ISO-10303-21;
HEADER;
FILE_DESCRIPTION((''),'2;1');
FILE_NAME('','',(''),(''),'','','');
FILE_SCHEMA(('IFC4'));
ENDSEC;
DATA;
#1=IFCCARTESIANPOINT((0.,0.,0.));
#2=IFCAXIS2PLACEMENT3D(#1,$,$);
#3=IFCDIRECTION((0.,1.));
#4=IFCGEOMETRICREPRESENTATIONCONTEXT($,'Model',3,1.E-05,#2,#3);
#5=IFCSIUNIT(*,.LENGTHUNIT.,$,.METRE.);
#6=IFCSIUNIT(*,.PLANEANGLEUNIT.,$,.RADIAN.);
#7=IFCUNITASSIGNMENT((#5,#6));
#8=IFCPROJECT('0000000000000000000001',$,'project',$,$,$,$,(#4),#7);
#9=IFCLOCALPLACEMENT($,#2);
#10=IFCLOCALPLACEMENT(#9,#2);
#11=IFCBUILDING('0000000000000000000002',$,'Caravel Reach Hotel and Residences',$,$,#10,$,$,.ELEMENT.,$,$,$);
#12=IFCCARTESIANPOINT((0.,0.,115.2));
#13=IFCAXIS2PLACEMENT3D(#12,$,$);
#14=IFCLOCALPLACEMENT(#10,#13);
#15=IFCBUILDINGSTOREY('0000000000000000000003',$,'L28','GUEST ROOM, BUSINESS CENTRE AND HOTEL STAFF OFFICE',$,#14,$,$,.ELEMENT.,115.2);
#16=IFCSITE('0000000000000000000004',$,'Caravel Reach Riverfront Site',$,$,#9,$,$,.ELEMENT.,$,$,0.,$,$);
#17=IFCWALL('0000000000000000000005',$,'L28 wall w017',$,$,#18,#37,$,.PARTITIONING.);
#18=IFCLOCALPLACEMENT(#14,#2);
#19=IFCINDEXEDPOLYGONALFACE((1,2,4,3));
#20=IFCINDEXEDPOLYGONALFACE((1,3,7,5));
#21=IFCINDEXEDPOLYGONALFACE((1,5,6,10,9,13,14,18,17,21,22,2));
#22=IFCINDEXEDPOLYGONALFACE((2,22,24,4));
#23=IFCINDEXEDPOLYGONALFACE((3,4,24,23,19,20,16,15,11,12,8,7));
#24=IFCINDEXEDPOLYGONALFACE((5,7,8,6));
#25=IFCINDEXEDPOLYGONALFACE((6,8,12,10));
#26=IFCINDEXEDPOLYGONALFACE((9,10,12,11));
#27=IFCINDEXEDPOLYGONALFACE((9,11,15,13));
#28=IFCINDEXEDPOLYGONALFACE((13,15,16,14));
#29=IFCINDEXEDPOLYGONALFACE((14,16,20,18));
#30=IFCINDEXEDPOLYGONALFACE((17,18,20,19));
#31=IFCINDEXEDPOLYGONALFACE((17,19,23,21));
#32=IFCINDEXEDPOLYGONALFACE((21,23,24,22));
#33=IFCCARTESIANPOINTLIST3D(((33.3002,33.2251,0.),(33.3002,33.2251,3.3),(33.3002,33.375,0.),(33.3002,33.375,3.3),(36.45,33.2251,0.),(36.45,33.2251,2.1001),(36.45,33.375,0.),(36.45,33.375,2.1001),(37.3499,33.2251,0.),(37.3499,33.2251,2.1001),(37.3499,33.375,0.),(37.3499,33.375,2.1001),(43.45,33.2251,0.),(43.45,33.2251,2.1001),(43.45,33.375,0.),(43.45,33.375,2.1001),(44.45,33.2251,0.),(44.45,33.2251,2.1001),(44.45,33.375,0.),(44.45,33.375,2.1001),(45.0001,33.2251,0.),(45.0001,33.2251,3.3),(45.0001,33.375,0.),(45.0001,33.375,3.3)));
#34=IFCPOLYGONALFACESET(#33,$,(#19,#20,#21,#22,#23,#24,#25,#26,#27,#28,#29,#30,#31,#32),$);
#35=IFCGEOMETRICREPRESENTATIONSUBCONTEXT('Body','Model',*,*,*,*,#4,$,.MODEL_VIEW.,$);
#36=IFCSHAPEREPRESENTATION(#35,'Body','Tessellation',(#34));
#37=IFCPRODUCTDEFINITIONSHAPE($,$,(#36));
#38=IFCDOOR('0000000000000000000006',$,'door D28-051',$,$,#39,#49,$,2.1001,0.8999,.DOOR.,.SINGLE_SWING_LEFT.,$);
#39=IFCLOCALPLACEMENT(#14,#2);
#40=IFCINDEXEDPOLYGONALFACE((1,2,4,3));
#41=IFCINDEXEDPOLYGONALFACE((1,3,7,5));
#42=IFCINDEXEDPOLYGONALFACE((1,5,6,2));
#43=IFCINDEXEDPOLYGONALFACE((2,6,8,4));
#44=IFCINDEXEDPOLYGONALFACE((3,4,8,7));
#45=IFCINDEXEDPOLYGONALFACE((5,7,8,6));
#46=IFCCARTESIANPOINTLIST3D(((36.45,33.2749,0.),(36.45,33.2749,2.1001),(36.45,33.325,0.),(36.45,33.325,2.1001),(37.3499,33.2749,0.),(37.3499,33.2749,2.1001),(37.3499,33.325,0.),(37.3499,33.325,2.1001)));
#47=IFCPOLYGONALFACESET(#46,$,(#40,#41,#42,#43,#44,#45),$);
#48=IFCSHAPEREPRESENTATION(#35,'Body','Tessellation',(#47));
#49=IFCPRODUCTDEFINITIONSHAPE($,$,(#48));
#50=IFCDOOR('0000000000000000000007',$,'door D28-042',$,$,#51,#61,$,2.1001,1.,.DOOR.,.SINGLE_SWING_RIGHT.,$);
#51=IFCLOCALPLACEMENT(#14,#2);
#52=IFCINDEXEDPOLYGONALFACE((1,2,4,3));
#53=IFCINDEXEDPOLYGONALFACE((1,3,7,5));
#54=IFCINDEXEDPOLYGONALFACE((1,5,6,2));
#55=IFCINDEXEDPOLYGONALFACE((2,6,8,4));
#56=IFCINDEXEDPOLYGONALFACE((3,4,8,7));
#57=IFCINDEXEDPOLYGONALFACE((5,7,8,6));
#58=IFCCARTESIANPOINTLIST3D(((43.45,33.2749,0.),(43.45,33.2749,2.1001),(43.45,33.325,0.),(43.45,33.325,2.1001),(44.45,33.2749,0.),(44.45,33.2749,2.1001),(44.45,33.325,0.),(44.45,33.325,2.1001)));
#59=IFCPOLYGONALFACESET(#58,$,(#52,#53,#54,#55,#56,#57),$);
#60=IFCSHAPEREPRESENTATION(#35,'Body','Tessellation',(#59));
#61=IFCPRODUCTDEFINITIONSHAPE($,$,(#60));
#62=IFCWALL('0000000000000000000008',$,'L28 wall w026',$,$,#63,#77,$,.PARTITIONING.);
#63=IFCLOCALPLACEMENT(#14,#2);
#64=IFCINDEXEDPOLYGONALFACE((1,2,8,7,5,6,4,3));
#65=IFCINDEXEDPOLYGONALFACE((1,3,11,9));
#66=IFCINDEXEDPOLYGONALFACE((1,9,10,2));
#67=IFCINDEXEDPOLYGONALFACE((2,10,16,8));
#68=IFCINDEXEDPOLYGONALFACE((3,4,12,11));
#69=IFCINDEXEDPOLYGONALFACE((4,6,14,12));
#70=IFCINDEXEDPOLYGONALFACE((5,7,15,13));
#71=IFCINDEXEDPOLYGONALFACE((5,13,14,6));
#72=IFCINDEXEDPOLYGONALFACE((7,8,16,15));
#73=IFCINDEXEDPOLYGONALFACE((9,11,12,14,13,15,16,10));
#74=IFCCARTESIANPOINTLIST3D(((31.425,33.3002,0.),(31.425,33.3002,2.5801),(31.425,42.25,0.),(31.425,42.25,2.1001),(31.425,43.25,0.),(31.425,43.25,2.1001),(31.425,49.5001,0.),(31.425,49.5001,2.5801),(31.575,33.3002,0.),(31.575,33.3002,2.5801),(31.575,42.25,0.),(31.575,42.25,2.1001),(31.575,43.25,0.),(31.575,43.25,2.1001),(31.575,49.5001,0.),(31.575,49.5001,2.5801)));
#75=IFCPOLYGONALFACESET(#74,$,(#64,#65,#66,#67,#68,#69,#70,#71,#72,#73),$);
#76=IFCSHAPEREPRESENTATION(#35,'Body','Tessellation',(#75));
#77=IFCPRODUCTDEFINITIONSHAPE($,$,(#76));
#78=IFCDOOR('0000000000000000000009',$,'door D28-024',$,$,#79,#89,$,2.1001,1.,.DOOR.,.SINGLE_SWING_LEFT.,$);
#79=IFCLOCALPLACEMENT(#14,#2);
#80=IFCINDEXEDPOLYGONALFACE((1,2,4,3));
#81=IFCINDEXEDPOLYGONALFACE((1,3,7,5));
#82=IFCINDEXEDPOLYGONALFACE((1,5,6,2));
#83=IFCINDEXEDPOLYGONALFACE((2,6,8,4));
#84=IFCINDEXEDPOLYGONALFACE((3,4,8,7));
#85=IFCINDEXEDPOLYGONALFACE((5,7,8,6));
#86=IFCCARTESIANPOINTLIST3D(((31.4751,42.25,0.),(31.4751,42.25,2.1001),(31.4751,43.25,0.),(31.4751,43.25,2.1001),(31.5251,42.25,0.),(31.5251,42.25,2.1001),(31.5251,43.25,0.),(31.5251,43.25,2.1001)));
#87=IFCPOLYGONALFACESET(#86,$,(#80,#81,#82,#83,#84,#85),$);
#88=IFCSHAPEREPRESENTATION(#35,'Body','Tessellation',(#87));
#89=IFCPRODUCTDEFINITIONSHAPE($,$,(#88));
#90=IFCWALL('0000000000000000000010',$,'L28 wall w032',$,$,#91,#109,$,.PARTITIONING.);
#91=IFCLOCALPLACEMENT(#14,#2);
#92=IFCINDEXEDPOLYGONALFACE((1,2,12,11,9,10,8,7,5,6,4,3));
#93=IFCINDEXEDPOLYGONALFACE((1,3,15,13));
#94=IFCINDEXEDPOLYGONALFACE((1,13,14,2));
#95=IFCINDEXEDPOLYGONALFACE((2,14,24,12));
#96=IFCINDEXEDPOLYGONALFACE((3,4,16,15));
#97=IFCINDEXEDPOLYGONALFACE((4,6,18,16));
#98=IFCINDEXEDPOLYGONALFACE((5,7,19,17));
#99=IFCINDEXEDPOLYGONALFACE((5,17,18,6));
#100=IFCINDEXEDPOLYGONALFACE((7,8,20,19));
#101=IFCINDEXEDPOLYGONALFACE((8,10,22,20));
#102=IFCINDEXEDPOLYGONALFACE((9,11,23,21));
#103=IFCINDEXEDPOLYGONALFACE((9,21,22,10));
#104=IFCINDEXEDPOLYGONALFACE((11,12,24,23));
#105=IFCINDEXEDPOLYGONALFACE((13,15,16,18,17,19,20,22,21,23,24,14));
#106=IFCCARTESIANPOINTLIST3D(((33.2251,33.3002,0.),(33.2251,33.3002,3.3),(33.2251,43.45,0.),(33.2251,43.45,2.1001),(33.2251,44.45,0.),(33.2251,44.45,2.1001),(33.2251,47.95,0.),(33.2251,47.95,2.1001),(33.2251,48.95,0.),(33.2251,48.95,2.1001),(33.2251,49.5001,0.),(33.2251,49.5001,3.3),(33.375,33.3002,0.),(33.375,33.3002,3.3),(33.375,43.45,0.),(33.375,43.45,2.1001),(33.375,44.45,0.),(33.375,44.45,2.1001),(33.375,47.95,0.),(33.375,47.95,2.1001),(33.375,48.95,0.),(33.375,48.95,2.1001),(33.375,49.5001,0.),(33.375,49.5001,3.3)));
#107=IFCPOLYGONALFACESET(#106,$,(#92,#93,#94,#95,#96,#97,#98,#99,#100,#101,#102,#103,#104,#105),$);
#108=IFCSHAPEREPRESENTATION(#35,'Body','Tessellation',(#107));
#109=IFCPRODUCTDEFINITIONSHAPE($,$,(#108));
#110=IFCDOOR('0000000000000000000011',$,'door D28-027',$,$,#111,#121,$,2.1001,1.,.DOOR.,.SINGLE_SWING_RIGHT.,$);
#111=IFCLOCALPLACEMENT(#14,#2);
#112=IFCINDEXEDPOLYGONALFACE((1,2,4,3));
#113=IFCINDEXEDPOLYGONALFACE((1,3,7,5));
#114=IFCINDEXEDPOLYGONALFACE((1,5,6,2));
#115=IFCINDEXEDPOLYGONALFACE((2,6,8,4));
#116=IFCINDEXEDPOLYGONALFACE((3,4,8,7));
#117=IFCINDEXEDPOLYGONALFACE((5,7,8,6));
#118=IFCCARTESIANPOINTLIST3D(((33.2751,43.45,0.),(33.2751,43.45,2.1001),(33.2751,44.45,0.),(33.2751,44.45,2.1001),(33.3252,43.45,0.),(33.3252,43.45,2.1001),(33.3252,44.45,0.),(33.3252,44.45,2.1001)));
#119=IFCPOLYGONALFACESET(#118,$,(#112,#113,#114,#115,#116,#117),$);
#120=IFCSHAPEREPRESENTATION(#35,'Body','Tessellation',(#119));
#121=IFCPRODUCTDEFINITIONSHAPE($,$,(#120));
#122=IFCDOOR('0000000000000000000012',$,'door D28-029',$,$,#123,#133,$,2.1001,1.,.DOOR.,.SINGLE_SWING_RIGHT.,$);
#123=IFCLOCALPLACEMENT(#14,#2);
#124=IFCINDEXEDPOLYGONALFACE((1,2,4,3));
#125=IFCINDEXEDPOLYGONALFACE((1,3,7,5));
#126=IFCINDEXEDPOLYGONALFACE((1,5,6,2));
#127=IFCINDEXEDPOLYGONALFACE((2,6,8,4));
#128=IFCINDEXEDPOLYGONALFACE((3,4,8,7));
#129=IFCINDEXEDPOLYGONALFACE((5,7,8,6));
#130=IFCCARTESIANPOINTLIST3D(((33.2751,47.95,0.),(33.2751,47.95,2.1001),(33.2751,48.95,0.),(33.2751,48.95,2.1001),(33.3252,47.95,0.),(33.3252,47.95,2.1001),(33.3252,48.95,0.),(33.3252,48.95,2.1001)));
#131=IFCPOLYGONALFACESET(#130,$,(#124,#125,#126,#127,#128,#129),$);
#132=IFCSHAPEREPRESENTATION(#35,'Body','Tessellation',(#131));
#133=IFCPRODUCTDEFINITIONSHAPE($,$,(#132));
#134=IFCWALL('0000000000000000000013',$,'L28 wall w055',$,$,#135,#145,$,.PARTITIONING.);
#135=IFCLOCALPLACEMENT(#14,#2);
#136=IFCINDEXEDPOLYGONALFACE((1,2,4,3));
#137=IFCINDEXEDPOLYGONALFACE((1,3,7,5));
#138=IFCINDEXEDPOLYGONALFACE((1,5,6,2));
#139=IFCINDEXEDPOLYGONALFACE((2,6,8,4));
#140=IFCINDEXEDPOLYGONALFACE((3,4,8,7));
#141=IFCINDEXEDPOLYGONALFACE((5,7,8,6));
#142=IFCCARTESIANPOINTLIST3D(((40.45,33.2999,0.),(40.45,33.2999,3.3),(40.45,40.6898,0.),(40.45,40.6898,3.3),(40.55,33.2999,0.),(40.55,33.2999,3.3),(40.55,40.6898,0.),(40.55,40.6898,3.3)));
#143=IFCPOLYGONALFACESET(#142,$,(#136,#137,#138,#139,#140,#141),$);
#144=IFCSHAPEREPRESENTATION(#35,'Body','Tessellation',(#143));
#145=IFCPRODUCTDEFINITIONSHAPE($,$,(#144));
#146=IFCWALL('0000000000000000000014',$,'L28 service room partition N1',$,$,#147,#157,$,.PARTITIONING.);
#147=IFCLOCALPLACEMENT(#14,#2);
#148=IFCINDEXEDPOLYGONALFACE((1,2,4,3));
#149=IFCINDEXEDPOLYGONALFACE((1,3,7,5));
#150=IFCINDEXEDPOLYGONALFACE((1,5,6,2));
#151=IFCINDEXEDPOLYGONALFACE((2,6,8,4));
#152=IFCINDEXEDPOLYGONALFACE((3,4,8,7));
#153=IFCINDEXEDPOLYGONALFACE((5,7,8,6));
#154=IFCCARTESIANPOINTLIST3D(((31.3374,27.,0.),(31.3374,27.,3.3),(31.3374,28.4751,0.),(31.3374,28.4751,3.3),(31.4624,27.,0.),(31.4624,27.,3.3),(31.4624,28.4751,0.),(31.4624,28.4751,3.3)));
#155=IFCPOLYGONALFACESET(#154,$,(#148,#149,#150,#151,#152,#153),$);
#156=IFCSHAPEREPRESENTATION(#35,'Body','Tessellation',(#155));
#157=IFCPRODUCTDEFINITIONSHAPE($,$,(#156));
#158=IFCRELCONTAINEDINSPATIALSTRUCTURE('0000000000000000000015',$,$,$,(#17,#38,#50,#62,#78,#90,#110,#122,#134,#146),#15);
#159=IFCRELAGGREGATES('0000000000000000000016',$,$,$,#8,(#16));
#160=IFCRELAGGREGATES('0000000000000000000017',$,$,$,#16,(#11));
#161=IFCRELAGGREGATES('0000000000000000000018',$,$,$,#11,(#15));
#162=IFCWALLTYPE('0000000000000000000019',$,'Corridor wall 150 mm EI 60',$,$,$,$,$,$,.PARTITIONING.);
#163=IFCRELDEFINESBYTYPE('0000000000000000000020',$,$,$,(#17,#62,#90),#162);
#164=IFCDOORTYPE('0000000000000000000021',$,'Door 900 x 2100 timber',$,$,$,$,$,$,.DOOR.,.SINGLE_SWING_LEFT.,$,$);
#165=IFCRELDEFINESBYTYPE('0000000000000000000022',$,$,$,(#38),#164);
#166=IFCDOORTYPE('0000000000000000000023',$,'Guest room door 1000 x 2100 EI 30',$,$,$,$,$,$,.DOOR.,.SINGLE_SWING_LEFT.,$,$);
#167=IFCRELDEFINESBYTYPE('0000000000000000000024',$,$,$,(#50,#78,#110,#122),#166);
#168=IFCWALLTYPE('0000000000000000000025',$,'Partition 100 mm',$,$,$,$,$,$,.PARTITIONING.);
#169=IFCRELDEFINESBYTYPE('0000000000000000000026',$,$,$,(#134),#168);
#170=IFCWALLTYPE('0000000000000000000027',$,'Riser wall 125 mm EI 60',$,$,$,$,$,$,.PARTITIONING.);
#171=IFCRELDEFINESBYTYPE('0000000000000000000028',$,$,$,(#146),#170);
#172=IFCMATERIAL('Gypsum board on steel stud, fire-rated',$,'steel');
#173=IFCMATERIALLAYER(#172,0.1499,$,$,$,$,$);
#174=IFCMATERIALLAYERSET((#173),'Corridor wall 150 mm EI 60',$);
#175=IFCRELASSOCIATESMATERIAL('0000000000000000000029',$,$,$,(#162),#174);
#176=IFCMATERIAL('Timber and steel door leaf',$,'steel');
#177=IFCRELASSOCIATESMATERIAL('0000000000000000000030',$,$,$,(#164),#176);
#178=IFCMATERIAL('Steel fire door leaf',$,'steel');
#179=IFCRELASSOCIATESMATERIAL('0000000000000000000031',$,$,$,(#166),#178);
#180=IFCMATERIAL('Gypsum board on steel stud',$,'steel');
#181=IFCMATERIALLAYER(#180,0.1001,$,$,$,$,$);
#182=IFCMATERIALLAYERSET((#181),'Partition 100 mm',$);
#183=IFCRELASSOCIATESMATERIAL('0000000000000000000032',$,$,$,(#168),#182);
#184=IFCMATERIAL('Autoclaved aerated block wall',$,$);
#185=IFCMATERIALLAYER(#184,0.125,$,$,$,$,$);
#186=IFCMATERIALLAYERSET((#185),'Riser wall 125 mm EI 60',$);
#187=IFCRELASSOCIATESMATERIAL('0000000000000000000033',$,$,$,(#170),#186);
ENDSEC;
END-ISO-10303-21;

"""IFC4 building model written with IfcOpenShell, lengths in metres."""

from ifc_helpers import new_model, si_unit, direction, frame, frame_2d, origin, place, context, subcontext, project, spatial, rectangle, extrude, material, layer, layer_set, type_object, element, fill, save


model = new_model("IFC4")

# Units and contexts
model_context = context("Model", 3, precision=1e-05, world=origin(), true_north=direction((0.0, 1.0)))
body_context = subcontext(model_context, "Body", "Model", "MODEL_VIEW")
ifc_project = project(units=[si_unit("LENGTHUNIT", "METRE"), si_unit("PLANEANGLEUNIT", "RADIAN")], contexts=[model_context])

# Site, building, storey
site_placement = place(None, origin())
site = spatial("IfcSite", under=ifc_project, at=site_placement, Name="Caravel Reach Riverfront Site", CompositionType="ELEMENT", RefElevation=0.0)
building_placement = place(site_placement, origin())
building = spatial("IfcBuilding", under=site, at=building_placement, Name="Caravel Reach Hotel and Residences", CompositionType="ELEMENT")
storey_placement = place(building_placement, frame((0.0, 0.0, 115.2)))
storey = spatial("IfcBuildingStorey", under=building, at=storey_placement, Name="L28", Description="GUEST ROOM, BUSINESS CENTRE AND HOTEL STAFF OFFICE", CompositionType="ELEMENT", Elevation=115.2)

# Wall, openings, doors
ifc_material_1 = material(Name="Gypsum board on steel stud, fire-rated", Category="steel")
ifc_layer_1 = layer(ifc_material_1, 0.1499)
ifc_layer_set_1 = layer_set([ifc_layer_1], Name="Corridor wall 150 mm EI 60")
wall_type_1 = type_object("IfcWallType", Name="Corridor wall 150 mm EI 60", PredefinedType="PARTITIONING", material=ifc_layer_set_1)
wall_1_placement = place(storey_placement, frame((33.3, 33.3, 0.0), z_axis=(0.0, 0.0, 1.0), x_axis=(1.0, 0.0, 0.0)))
wall_1 = element("IfcWall", 1, at=wall_1_placement, inside=storey, type_object=wall_type_1, Name="L28 wall w017", PredefinedType="PARTITIONING", context=body_context, shape_type="SweptSolid", body=[
    extrude(rectangle(XDim=11.7, YDim=0.1499, at=frame_2d((5.8501, 0.0))), origin(), (0.0, 0.0, 1.0), 3.3),
])
opening_1_placement = place(wall_1_placement, frame((10.1499, 0.0, 0.0)))
opening_1 = element("IfcOpeningElement", 2, at=opening_1_placement, cuts=wall_1, PredefinedType="OPENING", context=body_context, shape_type="SweptSolid", body=[
    extrude(rectangle(XDim=1.0, YDim=2.1001, at=frame_2d((0.5, 1.05))), frame((0.0, 0.085, 0.0), z_axis=(0.0, -1.0, 0.0), x_axis=(1.0, 0.0, 0.0)), (0.0, 0.0, 1.0), 0.1699),
])
opening_2_placement = place(wall_1_placement, frame((3.1499, 0.0, 0.0)))
opening_2 = element("IfcOpeningElement", 3, at=opening_2_placement, cuts=wall_1, PredefinedType="OPENING", context=body_context, shape_type="SweptSolid", body=[
    extrude(rectangle(XDim=0.8999, YDim=2.1001, at=frame_2d((0.45, 1.05))), frame((0.0, 0.085, 0.0), z_axis=(0.0, -1.0, 0.0), x_axis=(1.0, 0.0, 0.0)), (0.0, 0.0, 1.0), 0.1699),
])
ifc_material_2 = material(Name="Timber and steel door leaf", Category="steel")
door_type_1 = type_object("IfcDoorType", Name="Door 900 x 2100 timber", OperationType="SINGLE_SWING_LEFT", PredefinedType="DOOR", material=ifc_material_2)
door_1_placement = place(opening_2_placement, origin())
door_1 = element("IfcDoor", 4, at=door_1_placement, inside=storey, type_object=door_type_1, Name="door D28-051", OperationType="SINGLE_SWING_LEFT", OverallHeight=2.1001, OverallWidth=0.8999, PredefinedType="DOOR", context=body_context, shape_type="SweptSolid", body=[
    extrude(rectangle(XDim=0.8999, YDim=2.1001, at=frame_2d((0.45, 1.05))), frame((0.0, 0.0249, 0.0), z_axis=(0.0, -1.0, 0.0), x_axis=(1.0, 0.0, 0.0)), (0.0, 0.0, 1.0), 0.05),
])
fill(opening_2, door_1)
ifc_material_3 = material(Name="Steel fire door leaf", Category="steel")
door_type_2 = type_object("IfcDoorType", Name="Guest room door 1000 x 2100 EI 30", OperationType="SINGLE_SWING_LEFT", PredefinedType="DOOR", material=ifc_material_3)
door_2_placement = place(opening_1_placement, origin())
door_2 = element("IfcDoor", 5, at=door_2_placement, inside=storey, type_object=door_type_2, Name="door D28-042", OperationType="SINGLE_SWING_RIGHT", OverallHeight=2.1001, OverallWidth=1.0, PredefinedType="DOOR", context=body_context, shape_type="SweptSolid", body=[
    extrude(rectangle(XDim=1.0, YDim=2.1001, at=frame_2d((0.5, 1.05))), frame((0.0, 0.0249, 0.0), z_axis=(0.0, -1.0, 0.0), x_axis=(1.0, 0.0, 0.0)), (0.0, 0.0, 1.0), 0.05),
])
fill(opening_1, door_2)

# Wall, opening, door
wall_2_placement = place(storey_placement, frame((31.5, 33.3, 0.0), z_axis=(0.0, 0.0, 1.0), x_axis=(0.0, 1.0, 0.0)))
wall_2 = element("IfcWall", 6, at=wall_2_placement, inside=storey, type_object=wall_type_1, Name="L28 wall w026", PredefinedType="PARTITIONING", context=body_context, shape_type="SweptSolid", body=[
    extrude(rectangle(XDim=16.2, YDim=0.1499, at=frame_2d((8.1001, 0.0))), origin(), (0.0, 0.0, 1.0), 2.5801),
])
opening_3_placement = place(wall_2_placement, frame((8.95, 0.0, 0.0)))
opening_3 = element("IfcOpeningElement", 7, at=opening_3_placement, cuts=wall_2, PredefinedType="OPENING", context=body_context, shape_type="SweptSolid", body=[
    extrude(rectangle(XDim=1.0, YDim=2.1001, at=frame_2d((0.5, 1.05))), frame((0.0, 0.085, 0.0), z_axis=(0.0, -1.0, 0.0), x_axis=(1.0, 0.0, 0.0)), (0.0, 0.0, 1.0), 0.1699),
])
door_3_placement = place(opening_3_placement, origin())
door_3 = element("IfcDoor", 8, at=door_3_placement, inside=storey, type_object=door_type_2, Name="door D28-024", OperationType="SINGLE_SWING_LEFT", OverallHeight=2.1001, OverallWidth=1.0, PredefinedType="DOOR", context=body_context, shape_type="SweptSolid", body=[
    extrude(rectangle(XDim=1.0, YDim=2.1001, at=frame_2d((0.5, 1.05))), frame((0.0, 0.0249, 0.0), z_axis=(0.0, -1.0, 0.0), x_axis=(1.0, 0.0, 0.0)), (0.0, 0.0, 1.0), 0.05),
])
fill(opening_3, door_3)

# Wall, openings, doors
wall_3_placement = place(storey_placement, frame((33.3, 33.3, 0.0), z_axis=(0.0, 0.0, 1.0), x_axis=(0.0, 1.0, 0.0)))
wall_3 = element("IfcWall", 9, at=wall_3_placement, inside=storey, type_object=wall_type_1, Name="L28 wall w032", PredefinedType="PARTITIONING", context=body_context, shape_type="SweptSolid", body=[
    extrude(rectangle(XDim=16.2, YDim=0.1499, at=frame_2d((8.1001, 0.0))), origin(), (0.0, 0.0, 1.0), 3.3),
])
opening_4_placement = place(wall_3_placement, frame((10.1499, 0.0, 0.0)))
opening_4 = element("IfcOpeningElement", 10, at=opening_4_placement, cuts=wall_3, PredefinedType="OPENING", context=body_context, shape_type="SweptSolid", body=[
    extrude(rectangle(XDim=1.0, YDim=2.1001, at=frame_2d((0.5, 1.05))), frame((0.0, 0.085, 0.0), z_axis=(0.0, -1.0, 0.0), x_axis=(1.0, 0.0, 0.0)), (0.0, 0.0, 1.0), 0.1699),
])
opening_5_placement = place(wall_3_placement, frame((14.6499, 0.0, 0.0)))
opening_5 = element("IfcOpeningElement", 11, at=opening_5_placement, cuts=wall_3, PredefinedType="OPENING", context=body_context, shape_type="SweptSolid", body=[
    extrude(rectangle(XDim=1.0, YDim=2.1001, at=frame_2d((0.5, 1.05))), frame((0.0, 0.085, 0.0), z_axis=(0.0, -1.0, 0.0), x_axis=(1.0, 0.0, 0.0)), (0.0, 0.0, 1.0), 0.1699),
])
door_4_placement = place(opening_4_placement, origin())
door_4 = element("IfcDoor", 12, at=door_4_placement, inside=storey, type_object=door_type_2, Name="door D28-027", OperationType="SINGLE_SWING_RIGHT", OverallHeight=2.1001, OverallWidth=1.0, PredefinedType="DOOR", context=body_context, shape_type="SweptSolid", body=[
    extrude(rectangle(XDim=1.0, YDim=2.1001, at=frame_2d((0.5, 1.05))), frame((0.0, 0.0249, 0.0), z_axis=(0.0, -1.0, 0.0), x_axis=(1.0, 0.0, 0.0)), (0.0, 0.0, 1.0), 0.05),
])
fill(opening_4, door_4)
door_5_placement = place(opening_5_placement, origin())
door_5 = element("IfcDoor", 13, at=door_5_placement, inside=storey, type_object=door_type_2, Name="door D28-029", OperationType="SINGLE_SWING_RIGHT", OverallHeight=2.1001, OverallWidth=1.0, PredefinedType="DOOR", context=body_context, shape_type="SweptSolid", body=[
    extrude(rectangle(XDim=1.0, YDim=2.1001, at=frame_2d((0.5, 1.05))), frame((0.0, 0.0249, 0.0), z_axis=(0.0, -1.0, 0.0), x_axis=(1.0, 0.0, 0.0)), (0.0, 0.0, 1.0), 0.05),
])
fill(opening_5, door_5)

# Walls
ifc_material_4 = material(Name="Gypsum board on steel stud", Category="steel")
ifc_layer_2 = layer(ifc_material_4, 0.1001)
ifc_layer_set_2 = layer_set([ifc_layer_2], Name="Partition 100 mm")
wall_type_2 = type_object("IfcWallType", Name="Partition 100 mm", PredefinedType="PARTITIONING", material=ifc_layer_set_2)
wall_4_placement = place(storey_placement, frame((40.5, 33.3, 0.0), z_axis=(0.0, 0.0, 1.0), x_axis=(0.0, 1.0, 0.0)))
element("IfcWall", 14, at=wall_4_placement, inside=storey, type_object=wall_type_2, Name="L28 wall w055", PredefinedType="PARTITIONING", context=body_context, shape_type="SweptSolid", body=[
    extrude(rectangle(XDim=7.3899, YDim=0.1001, at=frame_2d((3.6948, 0.0))), origin(), (0.0, 0.0, 1.0), 3.3),
])
ifc_material_5 = material(Name="Autoclaved aerated block wall")
ifc_layer_3 = layer(ifc_material_5, 0.125)
ifc_layer_set_3 = layer_set([ifc_layer_3], Name="Riser wall 125 mm EI 60")
wall_type_3 = type_object("IfcWallType", Name="Riser wall 125 mm EI 60", PredefinedType="PARTITIONING", material=ifc_layer_set_3)
wall_5_placement = place(storey_placement, frame((31.3999, 28.4751, 0.0), z_axis=(0.0, 0.0, 1.0), x_axis=(0.0, -1.0, 0.0)))
element("IfcWall", 15, at=wall_5_placement, inside=storey, type_object=wall_type_3, Name="L28 service room partition N1", PredefinedType="PARTITIONING", context=body_context, shape_type="SweptSolid", body=[
    extrude(rectangle(XDim=1.4751, YDim=0.125, at=frame_2d((0.7375, 0.0))), origin(), (0.0, 0.0, 1.0), 3.3),
])

save(model, "model.ifc")
